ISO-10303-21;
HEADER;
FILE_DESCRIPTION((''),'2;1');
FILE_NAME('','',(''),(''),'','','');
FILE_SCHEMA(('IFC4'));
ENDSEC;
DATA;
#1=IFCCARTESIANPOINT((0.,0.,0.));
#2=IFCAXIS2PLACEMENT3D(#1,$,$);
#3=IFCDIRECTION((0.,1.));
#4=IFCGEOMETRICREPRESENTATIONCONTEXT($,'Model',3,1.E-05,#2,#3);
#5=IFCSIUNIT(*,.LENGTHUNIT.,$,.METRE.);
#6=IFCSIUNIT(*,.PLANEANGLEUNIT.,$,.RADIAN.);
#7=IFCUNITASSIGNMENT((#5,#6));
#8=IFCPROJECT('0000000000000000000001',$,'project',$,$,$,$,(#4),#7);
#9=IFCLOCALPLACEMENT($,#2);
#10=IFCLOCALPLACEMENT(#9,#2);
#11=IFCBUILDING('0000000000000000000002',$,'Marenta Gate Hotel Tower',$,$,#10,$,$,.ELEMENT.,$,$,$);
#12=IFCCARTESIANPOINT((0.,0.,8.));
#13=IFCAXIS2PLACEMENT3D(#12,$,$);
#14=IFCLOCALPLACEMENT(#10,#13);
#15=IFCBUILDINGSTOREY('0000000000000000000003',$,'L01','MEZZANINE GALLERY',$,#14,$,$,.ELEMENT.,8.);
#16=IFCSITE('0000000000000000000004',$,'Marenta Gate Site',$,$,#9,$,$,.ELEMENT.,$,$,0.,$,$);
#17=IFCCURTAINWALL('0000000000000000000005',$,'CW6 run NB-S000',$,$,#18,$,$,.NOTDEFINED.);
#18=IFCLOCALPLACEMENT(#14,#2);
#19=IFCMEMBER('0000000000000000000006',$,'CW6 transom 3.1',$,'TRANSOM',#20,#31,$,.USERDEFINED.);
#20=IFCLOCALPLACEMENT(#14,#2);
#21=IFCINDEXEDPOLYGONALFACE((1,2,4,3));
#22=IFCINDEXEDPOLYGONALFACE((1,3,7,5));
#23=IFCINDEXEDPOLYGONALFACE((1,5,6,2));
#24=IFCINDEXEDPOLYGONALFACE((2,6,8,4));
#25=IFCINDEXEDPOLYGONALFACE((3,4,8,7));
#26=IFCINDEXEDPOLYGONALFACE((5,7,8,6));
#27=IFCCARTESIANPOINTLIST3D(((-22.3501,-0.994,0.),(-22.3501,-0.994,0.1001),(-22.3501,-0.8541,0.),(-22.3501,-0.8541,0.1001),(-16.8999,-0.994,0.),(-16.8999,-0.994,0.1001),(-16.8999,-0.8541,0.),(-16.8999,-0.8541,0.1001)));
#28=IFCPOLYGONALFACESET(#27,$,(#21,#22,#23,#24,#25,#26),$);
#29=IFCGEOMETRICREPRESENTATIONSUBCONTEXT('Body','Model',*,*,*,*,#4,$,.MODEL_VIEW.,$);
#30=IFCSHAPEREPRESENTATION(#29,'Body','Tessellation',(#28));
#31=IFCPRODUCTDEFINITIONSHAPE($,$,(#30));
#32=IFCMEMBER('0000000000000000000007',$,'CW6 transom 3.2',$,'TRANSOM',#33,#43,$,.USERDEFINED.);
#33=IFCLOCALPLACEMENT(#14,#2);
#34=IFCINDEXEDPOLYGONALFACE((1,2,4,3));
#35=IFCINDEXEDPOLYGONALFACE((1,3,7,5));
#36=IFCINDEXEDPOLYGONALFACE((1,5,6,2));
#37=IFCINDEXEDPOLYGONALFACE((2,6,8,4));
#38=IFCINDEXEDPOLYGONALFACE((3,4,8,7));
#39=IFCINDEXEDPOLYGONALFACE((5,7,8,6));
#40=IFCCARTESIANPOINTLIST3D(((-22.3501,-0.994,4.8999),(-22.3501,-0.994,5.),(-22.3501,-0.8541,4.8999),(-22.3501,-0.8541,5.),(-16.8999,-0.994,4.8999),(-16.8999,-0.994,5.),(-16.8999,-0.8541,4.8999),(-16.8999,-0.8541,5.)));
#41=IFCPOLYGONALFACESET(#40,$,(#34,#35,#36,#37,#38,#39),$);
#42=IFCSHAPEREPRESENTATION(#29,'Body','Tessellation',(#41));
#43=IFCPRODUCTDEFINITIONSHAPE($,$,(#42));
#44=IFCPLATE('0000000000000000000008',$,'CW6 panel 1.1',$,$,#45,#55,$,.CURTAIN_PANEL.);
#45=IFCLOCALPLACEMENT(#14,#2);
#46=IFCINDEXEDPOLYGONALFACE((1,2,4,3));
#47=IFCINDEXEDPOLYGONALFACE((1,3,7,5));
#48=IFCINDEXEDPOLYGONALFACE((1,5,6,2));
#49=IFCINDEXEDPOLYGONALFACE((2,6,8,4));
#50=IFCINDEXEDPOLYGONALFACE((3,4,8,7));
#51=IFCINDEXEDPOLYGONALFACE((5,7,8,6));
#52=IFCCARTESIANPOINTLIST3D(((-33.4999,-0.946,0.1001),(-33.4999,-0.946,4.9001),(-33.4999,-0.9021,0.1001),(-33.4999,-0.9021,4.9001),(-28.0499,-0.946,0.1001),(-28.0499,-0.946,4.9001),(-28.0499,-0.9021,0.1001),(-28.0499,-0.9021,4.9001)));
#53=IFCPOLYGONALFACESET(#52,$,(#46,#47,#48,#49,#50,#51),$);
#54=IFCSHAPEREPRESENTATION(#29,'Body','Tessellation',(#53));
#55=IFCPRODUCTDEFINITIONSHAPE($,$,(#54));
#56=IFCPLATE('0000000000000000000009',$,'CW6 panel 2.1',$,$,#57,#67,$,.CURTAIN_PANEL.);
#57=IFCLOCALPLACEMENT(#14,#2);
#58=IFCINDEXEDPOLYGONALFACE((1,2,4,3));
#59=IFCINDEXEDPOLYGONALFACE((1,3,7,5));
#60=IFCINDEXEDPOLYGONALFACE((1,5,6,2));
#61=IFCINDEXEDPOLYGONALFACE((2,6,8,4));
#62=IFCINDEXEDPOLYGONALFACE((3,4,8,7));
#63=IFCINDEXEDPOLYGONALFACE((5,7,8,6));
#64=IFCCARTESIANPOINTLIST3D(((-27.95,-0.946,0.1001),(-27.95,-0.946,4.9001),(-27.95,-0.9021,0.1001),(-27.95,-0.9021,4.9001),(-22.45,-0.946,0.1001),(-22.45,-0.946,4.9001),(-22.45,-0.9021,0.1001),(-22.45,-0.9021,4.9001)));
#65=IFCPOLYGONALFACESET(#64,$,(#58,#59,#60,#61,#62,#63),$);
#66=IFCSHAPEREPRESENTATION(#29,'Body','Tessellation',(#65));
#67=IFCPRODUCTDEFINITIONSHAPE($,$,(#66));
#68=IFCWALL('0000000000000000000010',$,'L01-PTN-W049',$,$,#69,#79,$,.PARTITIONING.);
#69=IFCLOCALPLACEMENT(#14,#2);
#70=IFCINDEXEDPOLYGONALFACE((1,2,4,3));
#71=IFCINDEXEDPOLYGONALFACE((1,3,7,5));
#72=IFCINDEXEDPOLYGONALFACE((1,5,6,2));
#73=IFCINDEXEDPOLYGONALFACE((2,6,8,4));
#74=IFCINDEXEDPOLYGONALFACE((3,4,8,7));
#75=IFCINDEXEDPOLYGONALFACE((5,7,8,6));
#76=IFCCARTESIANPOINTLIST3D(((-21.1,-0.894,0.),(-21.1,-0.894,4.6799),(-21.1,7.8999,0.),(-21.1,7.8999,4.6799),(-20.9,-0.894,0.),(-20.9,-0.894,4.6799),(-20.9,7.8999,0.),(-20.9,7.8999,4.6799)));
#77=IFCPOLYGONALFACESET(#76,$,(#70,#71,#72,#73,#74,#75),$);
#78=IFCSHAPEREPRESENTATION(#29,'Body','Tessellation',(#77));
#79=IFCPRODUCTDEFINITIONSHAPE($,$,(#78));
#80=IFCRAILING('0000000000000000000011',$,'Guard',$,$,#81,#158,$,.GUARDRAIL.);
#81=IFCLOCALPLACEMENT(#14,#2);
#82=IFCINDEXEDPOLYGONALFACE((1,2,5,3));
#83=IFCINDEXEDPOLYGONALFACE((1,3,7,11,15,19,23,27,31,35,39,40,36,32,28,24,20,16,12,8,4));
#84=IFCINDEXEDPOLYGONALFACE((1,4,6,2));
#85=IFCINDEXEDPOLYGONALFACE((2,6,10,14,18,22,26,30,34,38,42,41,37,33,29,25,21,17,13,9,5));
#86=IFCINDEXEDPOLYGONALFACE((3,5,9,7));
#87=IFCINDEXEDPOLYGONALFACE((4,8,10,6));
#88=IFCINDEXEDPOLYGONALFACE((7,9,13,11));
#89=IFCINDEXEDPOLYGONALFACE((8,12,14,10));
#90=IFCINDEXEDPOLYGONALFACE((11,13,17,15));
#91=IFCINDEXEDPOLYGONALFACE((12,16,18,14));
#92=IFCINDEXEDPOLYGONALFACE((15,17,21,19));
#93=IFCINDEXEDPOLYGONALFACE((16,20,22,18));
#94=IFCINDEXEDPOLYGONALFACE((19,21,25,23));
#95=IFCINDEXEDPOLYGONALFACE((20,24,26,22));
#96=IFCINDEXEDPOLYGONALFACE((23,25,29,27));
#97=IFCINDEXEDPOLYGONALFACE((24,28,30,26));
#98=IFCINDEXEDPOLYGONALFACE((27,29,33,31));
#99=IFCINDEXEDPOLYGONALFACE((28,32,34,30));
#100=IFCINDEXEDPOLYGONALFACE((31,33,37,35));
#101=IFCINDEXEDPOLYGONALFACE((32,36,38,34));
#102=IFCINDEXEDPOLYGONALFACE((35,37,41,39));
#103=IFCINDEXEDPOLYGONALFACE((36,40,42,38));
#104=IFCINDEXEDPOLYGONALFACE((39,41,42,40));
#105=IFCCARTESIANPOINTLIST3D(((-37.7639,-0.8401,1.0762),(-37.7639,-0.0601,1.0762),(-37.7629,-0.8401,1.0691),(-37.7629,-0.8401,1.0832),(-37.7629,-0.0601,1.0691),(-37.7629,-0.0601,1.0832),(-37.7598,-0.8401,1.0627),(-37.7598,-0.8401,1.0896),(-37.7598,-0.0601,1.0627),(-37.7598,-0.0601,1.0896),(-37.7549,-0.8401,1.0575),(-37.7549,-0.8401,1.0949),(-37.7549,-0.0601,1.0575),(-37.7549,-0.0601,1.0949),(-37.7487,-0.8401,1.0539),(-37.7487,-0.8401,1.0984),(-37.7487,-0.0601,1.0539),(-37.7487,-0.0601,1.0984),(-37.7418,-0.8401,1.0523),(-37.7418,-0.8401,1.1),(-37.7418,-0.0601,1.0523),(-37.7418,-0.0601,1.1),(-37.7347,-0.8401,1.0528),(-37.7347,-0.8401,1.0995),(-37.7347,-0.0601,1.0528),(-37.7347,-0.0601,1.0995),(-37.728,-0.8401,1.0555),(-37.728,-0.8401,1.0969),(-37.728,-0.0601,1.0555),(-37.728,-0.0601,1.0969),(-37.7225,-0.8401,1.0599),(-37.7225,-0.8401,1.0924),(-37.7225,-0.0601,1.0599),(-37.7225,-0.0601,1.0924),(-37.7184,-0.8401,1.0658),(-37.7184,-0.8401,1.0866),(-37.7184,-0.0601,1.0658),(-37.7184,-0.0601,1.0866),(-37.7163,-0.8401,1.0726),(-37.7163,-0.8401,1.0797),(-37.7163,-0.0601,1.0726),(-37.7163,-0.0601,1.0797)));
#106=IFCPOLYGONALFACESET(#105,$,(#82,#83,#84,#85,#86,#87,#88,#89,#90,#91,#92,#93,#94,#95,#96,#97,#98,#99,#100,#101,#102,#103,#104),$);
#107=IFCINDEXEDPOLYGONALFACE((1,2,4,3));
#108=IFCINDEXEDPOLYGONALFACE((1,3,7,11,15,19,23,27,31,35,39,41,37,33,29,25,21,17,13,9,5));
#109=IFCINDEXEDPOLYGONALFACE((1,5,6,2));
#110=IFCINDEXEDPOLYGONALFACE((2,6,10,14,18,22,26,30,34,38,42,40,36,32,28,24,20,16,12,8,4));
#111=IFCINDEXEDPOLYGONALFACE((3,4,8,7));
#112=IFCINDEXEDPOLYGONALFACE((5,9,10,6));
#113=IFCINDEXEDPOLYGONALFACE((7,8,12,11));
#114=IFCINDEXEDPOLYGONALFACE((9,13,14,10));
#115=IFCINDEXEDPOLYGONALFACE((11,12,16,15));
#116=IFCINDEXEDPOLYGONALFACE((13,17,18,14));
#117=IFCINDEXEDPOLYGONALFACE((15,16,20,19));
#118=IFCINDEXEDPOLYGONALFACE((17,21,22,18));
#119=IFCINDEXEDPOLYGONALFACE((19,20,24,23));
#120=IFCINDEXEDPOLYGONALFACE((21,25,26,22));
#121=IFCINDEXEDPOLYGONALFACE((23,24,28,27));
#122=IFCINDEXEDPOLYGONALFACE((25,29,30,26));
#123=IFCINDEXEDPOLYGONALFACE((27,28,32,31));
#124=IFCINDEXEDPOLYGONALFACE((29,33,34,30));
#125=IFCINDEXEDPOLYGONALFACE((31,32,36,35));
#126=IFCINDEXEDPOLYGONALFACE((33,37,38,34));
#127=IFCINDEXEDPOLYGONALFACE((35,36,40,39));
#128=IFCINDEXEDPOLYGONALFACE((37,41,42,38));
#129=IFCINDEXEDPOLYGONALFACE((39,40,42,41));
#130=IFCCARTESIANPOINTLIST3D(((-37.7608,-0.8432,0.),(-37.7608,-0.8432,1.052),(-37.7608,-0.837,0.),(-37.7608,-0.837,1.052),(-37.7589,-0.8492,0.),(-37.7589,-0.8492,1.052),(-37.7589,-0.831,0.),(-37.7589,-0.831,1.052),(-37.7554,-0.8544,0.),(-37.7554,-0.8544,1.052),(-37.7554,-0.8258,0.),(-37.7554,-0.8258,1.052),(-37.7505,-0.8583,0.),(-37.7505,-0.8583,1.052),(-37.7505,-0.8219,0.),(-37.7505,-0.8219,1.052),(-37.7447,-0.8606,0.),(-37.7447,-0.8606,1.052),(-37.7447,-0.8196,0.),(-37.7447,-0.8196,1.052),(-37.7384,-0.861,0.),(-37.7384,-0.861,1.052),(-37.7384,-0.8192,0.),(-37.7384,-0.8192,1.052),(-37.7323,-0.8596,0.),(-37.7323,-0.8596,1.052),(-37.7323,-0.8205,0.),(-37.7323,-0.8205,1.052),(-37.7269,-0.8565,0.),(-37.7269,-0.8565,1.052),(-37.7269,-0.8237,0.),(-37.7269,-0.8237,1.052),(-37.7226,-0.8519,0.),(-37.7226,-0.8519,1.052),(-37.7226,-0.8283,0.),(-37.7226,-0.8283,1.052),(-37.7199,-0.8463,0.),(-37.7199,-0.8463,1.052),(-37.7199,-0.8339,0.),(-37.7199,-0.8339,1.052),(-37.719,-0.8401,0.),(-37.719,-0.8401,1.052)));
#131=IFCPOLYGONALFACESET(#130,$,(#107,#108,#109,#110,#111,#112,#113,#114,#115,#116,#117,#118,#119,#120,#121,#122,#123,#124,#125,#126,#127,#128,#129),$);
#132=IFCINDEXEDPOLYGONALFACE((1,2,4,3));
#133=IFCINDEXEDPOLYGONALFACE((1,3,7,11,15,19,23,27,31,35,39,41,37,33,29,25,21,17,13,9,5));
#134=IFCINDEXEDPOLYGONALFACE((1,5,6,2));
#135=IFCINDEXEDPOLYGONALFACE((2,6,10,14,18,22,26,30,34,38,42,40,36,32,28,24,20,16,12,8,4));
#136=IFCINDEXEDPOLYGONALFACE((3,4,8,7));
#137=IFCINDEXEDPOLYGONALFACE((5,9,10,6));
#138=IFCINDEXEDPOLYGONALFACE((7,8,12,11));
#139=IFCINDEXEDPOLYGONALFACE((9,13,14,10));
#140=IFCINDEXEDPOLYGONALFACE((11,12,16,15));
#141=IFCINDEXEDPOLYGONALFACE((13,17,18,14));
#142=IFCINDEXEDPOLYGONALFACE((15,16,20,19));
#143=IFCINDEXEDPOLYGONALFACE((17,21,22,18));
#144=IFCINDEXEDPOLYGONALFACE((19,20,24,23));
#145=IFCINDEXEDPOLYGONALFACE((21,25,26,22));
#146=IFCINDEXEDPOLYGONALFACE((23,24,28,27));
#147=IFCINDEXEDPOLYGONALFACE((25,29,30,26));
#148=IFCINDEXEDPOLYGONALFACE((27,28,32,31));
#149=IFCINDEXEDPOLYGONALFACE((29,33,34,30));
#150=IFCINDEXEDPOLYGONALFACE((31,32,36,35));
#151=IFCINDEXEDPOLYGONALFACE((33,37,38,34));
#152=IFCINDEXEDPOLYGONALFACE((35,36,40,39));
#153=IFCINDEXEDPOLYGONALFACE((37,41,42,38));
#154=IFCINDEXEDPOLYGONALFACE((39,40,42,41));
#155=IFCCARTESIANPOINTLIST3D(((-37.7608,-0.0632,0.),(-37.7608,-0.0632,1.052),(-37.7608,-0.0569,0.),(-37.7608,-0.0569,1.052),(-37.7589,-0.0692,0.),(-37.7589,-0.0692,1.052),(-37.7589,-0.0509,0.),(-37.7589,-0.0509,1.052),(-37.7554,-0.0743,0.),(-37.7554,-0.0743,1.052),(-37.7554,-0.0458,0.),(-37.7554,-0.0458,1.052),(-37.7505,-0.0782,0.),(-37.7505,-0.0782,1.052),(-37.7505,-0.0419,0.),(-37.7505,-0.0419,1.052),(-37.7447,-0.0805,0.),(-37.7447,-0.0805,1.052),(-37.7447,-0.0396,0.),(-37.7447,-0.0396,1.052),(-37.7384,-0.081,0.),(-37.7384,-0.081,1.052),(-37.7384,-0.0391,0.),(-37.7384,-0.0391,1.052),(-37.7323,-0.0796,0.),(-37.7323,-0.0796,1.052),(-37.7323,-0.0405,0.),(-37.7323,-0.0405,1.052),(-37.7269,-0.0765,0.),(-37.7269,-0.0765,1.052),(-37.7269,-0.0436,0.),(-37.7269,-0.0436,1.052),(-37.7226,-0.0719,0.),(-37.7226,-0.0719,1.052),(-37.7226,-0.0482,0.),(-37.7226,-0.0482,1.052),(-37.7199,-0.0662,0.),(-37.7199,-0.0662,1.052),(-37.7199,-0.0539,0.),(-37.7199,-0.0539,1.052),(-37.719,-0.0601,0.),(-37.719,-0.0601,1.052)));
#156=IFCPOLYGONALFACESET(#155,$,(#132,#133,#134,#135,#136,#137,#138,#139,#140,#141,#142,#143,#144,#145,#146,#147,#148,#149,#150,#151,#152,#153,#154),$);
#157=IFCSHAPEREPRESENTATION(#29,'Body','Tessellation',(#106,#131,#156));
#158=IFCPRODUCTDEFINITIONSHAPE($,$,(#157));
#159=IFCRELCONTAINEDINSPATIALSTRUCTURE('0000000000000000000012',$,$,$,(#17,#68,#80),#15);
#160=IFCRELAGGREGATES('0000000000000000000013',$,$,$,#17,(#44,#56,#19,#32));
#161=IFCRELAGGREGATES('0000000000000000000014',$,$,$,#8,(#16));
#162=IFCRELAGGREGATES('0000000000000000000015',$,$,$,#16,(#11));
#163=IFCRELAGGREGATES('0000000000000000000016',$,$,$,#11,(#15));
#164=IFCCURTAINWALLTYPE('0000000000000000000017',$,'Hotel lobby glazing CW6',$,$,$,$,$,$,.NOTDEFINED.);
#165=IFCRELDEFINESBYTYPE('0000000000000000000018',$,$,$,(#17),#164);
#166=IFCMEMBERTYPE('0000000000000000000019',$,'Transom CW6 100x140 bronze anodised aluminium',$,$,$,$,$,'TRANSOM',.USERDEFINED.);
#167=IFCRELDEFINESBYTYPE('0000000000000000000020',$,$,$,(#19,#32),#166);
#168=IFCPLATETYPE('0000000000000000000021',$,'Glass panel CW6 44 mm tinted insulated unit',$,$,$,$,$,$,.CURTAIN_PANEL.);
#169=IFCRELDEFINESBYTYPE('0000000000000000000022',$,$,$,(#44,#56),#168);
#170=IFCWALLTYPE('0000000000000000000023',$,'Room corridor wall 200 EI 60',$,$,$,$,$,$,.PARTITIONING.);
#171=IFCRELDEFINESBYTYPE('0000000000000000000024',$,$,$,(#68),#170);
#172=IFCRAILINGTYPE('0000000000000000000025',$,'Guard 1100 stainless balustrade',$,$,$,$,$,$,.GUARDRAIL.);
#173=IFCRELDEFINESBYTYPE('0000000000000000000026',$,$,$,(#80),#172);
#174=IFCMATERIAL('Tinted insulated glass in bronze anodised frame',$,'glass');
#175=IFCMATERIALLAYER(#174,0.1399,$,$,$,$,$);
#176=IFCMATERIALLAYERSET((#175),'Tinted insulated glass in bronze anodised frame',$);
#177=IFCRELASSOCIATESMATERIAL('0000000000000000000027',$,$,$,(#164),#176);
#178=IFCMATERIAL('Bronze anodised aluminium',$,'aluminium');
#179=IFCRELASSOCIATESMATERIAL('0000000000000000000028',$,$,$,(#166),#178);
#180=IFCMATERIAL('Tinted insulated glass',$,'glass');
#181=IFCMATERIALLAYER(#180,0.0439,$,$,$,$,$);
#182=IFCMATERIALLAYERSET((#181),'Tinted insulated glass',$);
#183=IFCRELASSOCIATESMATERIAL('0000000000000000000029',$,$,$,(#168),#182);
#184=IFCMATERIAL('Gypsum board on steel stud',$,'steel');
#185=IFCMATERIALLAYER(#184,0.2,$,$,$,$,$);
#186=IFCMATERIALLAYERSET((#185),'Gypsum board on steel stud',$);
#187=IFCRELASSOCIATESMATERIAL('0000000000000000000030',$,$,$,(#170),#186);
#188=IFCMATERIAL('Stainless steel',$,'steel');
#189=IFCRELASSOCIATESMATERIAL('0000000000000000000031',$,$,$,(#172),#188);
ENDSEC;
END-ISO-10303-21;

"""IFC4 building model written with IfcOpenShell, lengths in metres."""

from ifc_helpers import new_model, si_unit, direction, frame, frame_2d, origin, origin_2d, place, context, subcontext, project, spatial, rectangle, circle, extrude, material, layer, layer_set, material_profile, profile_set, type_object, element, aggregate, save


model = new_model("IFC4")

# Units and contexts
model_context = context("Model", 3, precision=1e-05, world=origin(), true_north=direction((0.0, 1.0)))
body_context = subcontext(model_context, "Body", "Model", "MODEL_VIEW")
ifc_project = project(units=[si_unit("LENGTHUNIT", "METRE"), si_unit("PLANEANGLEUNIT", "RADIAN")], contexts=[model_context])

# Site, building, storey
site_placement = place(None, origin())
site = spatial("IfcSite", under=ifc_project, at=site_placement, Name="Marenta Gate Site", CompositionType="ELEMENT", RefElevation=0.0)
building_placement = place(site_placement, origin())
building = spatial("IfcBuilding", under=site, at=building_placement, Name="Marenta Gate Hotel Tower", CompositionType="ELEMENT")
storey_placement = place(building_placement, frame((0.0, 0.0, 8.0)))
storey = spatial("IfcBuildingStorey", under=building, at=storey_placement, Name="L01", Description="MEZZANINE GALLERY", CompositionType="ELEMENT", Elevation=8.0)

# Curtain wall
ifc_material_1 = material(Name="Tinted insulated glass in bronze anodised frame", Category="glass")
ifc_layer_1 = layer(ifc_material_1, 0.1399)
ifc_layer_set_1 = layer_set([ifc_layer_1], Name="Tinted insulated glass in bronze anodised frame")
curtain_wall_type_1 = type_object("IfcCurtainWallType", Name="Hotel lobby glazing CW6", PredefinedType="NOTDEFINED", material=ifc_layer_set_1)
curtain_wall_1_placement = place(storey_placement, origin())
curtain_wall_1 = element("IfcCurtainWall", 1, at=curtain_wall_1_placement, inside=storey, type_object=curtain_wall_type_1, Name="CW6 run NB-S000", PredefinedType="NOTDEFINED")

# Members
ifc_material_2 = material(Name="Bronze anodised aluminium", Category="aluminium")
ifc_material_profile_1 = material_profile(ifc_material_2, rectangle(XDim=0.1399, YDim=0.1001, at=origin_2d()), Name="Transom CW6 100x140 bronze anodised aluminium")
ifc_profile_set_1 = profile_set([ifc_material_profile_1], Name="Bronze anodised aluminium")
member_type_1 = type_object("IfcMemberType", Name="Transom CW6 100x140 bronze anodised aluminium", ElementType="TRANSOM", PredefinedType="USERDEFINED", material=ifc_profile_set_1)
member_1_placement = place(storey_placement, frame((-22.3501, -0.9241, 0.05), z_axis=(1.0, 0.0, 0.0), x_axis=(0.0, 1.0, 0.0)))
member_1 = element("IfcMember", 2, at=member_1_placement, type_object=member_type_1, Name="CW6 transom 3.1", ObjectType="TRANSOM", PredefinedType="USERDEFINED", context=body_context, shape_type="SweptSolid", body=[
    extrude(rectangle(XDim=0.1399, YDim=0.1001, at=origin_2d()), origin(), (0.0, 0.0, 1.0), 5.4502),
])
member_2_placement = place(storey_placement, frame((-22.3501, -0.9241, 4.95), z_axis=(1.0, 0.0, 0.0), x_axis=(0.0, 1.0, 0.0)))
member_2 = element("IfcMember", 3, at=member_2_placement, type_object=member_type_1, Name="CW6 transom 3.2", ObjectType="TRANSOM", PredefinedType="USERDEFINED", context=body_context, shape_type="SweptSolid", body=[
    extrude(rectangle(XDim=0.1399, YDim=0.1001, at=origin_2d()), origin(), (0.0, 0.0, 1.0), 5.4502),
])

# Plates
ifc_material_3 = material(Name="Tinted insulated glass", Category="glass")
ifc_layer_2 = layer(ifc_material_3, 0.0439)
ifc_layer_set_2 = layer_set([ifc_layer_2], Name="Tinted insulated glass")
plate_type = type_object("IfcPlateType", Name="Glass panel CW6 44 mm tinted insulated unit", PredefinedType="CURTAIN_PANEL", material=ifc_layer_set_2)
plate_1_placement = place(storey_placement, frame((-30.7749, -0.9241, 0.1001), z_axis=(0.0, 0.0, 1.0), x_axis=(1.0, 0.0, 0.0)))
plate_1 = element("IfcPlate", 4, at=plate_1_placement, type_object=plate_type, Name="CW6 panel 1.1", PredefinedType="CURTAIN_PANEL", context=body_context, shape_type="SweptSolid", body=[
    extrude(rectangle(XDim=5.45, YDim=0.0439, at=origin_2d()), origin(), (0.0, 0.0, 1.0), 4.8),
])
plate_2_placement = place(storey_placement, frame((-25.2, -0.9241, 0.1001), z_axis=(0.0, 0.0, 1.0), x_axis=(1.0, 0.0, 0.0)))
plate_2 = element("IfcPlate", 5, at=plate_2_placement, type_object=plate_type, Name="CW6 panel 2.1", PredefinedType="CURTAIN_PANEL", context=body_context, shape_type="SweptSolid", body=[
    extrude(rectangle(XDim=5.5, YDim=0.0439, at=origin_2d()), origin(), (0.0, 0.0, 1.0), 4.8),
])
aggregate(curtain_wall_1, [plate_1, plate_2, member_1, member_2])

# Wall
ifc_material_4 = material(Name="Gypsum board on steel stud", Category="steel")
ifc_layer_3 = layer(ifc_material_4, 0.2)
ifc_layer_set_3 = layer_set([ifc_layer_3], Name="Gypsum board on steel stud")
wall_type = type_object("IfcWallType", Name="Room corridor wall 200 EI 60", PredefinedType="PARTITIONING", material=ifc_layer_set_3)
wall_placement = place(storey_placement, frame((-21.0, -0.894, 0.0), z_axis=(0.0, 0.0, 1.0), x_axis=(0.0, 1.0, 0.0)))
element("IfcWall", 6, at=wall_placement, inside=storey, type_object=wall_type, Name="L01-PTN-W049", PredefinedType="PARTITIONING", context=body_context, shape_type="SweptSolid", body=[
    extrude(rectangle(XDim=8.7939, YDim=0.2, at=frame_2d((4.397, 0.0))), origin(), (0.0, 0.0, 1.0), 4.6799),
])

# Railing
ifc_material_5 = material(Name="Stainless steel", Category="steel")
railing_type = type_object("IfcRailingType", Name="Guard 1100 stainless balustrade", PredefinedType="GUARDRAIL", material=ifc_material_5)
railing_placement = place(storey_placement, frame((-37.74, -0.8401, 0.0)))
element("IfcRailing", 7, at=railing_placement, inside=storey, type_object=railing_type, Name="Guard", PredefinedType="GUARDRAIL", context=body_context, shape_type="SweptSolid", body=[
    extrude(circle(Radius=0.0239, at=origin_2d()), frame((0.0, 0.0, 1.0762), z_axis=(0.0, 1.0, 0.0), x_axis=(-1.0, 0.0, 0.0)), (0.0, 0.0, 1.0), 0.78),
    extrude(circle(Radius=0.021, at=origin_2d()), origin(), (0.0, 0.0, 1.0), 1.052),
    extrude(circle(Radius=0.021, at=origin_2d()), frame((0.0, 0.78, 0.0)), (0.0, 0.0, 1.0), 1.052),
])

save(model, "model.ifc")
